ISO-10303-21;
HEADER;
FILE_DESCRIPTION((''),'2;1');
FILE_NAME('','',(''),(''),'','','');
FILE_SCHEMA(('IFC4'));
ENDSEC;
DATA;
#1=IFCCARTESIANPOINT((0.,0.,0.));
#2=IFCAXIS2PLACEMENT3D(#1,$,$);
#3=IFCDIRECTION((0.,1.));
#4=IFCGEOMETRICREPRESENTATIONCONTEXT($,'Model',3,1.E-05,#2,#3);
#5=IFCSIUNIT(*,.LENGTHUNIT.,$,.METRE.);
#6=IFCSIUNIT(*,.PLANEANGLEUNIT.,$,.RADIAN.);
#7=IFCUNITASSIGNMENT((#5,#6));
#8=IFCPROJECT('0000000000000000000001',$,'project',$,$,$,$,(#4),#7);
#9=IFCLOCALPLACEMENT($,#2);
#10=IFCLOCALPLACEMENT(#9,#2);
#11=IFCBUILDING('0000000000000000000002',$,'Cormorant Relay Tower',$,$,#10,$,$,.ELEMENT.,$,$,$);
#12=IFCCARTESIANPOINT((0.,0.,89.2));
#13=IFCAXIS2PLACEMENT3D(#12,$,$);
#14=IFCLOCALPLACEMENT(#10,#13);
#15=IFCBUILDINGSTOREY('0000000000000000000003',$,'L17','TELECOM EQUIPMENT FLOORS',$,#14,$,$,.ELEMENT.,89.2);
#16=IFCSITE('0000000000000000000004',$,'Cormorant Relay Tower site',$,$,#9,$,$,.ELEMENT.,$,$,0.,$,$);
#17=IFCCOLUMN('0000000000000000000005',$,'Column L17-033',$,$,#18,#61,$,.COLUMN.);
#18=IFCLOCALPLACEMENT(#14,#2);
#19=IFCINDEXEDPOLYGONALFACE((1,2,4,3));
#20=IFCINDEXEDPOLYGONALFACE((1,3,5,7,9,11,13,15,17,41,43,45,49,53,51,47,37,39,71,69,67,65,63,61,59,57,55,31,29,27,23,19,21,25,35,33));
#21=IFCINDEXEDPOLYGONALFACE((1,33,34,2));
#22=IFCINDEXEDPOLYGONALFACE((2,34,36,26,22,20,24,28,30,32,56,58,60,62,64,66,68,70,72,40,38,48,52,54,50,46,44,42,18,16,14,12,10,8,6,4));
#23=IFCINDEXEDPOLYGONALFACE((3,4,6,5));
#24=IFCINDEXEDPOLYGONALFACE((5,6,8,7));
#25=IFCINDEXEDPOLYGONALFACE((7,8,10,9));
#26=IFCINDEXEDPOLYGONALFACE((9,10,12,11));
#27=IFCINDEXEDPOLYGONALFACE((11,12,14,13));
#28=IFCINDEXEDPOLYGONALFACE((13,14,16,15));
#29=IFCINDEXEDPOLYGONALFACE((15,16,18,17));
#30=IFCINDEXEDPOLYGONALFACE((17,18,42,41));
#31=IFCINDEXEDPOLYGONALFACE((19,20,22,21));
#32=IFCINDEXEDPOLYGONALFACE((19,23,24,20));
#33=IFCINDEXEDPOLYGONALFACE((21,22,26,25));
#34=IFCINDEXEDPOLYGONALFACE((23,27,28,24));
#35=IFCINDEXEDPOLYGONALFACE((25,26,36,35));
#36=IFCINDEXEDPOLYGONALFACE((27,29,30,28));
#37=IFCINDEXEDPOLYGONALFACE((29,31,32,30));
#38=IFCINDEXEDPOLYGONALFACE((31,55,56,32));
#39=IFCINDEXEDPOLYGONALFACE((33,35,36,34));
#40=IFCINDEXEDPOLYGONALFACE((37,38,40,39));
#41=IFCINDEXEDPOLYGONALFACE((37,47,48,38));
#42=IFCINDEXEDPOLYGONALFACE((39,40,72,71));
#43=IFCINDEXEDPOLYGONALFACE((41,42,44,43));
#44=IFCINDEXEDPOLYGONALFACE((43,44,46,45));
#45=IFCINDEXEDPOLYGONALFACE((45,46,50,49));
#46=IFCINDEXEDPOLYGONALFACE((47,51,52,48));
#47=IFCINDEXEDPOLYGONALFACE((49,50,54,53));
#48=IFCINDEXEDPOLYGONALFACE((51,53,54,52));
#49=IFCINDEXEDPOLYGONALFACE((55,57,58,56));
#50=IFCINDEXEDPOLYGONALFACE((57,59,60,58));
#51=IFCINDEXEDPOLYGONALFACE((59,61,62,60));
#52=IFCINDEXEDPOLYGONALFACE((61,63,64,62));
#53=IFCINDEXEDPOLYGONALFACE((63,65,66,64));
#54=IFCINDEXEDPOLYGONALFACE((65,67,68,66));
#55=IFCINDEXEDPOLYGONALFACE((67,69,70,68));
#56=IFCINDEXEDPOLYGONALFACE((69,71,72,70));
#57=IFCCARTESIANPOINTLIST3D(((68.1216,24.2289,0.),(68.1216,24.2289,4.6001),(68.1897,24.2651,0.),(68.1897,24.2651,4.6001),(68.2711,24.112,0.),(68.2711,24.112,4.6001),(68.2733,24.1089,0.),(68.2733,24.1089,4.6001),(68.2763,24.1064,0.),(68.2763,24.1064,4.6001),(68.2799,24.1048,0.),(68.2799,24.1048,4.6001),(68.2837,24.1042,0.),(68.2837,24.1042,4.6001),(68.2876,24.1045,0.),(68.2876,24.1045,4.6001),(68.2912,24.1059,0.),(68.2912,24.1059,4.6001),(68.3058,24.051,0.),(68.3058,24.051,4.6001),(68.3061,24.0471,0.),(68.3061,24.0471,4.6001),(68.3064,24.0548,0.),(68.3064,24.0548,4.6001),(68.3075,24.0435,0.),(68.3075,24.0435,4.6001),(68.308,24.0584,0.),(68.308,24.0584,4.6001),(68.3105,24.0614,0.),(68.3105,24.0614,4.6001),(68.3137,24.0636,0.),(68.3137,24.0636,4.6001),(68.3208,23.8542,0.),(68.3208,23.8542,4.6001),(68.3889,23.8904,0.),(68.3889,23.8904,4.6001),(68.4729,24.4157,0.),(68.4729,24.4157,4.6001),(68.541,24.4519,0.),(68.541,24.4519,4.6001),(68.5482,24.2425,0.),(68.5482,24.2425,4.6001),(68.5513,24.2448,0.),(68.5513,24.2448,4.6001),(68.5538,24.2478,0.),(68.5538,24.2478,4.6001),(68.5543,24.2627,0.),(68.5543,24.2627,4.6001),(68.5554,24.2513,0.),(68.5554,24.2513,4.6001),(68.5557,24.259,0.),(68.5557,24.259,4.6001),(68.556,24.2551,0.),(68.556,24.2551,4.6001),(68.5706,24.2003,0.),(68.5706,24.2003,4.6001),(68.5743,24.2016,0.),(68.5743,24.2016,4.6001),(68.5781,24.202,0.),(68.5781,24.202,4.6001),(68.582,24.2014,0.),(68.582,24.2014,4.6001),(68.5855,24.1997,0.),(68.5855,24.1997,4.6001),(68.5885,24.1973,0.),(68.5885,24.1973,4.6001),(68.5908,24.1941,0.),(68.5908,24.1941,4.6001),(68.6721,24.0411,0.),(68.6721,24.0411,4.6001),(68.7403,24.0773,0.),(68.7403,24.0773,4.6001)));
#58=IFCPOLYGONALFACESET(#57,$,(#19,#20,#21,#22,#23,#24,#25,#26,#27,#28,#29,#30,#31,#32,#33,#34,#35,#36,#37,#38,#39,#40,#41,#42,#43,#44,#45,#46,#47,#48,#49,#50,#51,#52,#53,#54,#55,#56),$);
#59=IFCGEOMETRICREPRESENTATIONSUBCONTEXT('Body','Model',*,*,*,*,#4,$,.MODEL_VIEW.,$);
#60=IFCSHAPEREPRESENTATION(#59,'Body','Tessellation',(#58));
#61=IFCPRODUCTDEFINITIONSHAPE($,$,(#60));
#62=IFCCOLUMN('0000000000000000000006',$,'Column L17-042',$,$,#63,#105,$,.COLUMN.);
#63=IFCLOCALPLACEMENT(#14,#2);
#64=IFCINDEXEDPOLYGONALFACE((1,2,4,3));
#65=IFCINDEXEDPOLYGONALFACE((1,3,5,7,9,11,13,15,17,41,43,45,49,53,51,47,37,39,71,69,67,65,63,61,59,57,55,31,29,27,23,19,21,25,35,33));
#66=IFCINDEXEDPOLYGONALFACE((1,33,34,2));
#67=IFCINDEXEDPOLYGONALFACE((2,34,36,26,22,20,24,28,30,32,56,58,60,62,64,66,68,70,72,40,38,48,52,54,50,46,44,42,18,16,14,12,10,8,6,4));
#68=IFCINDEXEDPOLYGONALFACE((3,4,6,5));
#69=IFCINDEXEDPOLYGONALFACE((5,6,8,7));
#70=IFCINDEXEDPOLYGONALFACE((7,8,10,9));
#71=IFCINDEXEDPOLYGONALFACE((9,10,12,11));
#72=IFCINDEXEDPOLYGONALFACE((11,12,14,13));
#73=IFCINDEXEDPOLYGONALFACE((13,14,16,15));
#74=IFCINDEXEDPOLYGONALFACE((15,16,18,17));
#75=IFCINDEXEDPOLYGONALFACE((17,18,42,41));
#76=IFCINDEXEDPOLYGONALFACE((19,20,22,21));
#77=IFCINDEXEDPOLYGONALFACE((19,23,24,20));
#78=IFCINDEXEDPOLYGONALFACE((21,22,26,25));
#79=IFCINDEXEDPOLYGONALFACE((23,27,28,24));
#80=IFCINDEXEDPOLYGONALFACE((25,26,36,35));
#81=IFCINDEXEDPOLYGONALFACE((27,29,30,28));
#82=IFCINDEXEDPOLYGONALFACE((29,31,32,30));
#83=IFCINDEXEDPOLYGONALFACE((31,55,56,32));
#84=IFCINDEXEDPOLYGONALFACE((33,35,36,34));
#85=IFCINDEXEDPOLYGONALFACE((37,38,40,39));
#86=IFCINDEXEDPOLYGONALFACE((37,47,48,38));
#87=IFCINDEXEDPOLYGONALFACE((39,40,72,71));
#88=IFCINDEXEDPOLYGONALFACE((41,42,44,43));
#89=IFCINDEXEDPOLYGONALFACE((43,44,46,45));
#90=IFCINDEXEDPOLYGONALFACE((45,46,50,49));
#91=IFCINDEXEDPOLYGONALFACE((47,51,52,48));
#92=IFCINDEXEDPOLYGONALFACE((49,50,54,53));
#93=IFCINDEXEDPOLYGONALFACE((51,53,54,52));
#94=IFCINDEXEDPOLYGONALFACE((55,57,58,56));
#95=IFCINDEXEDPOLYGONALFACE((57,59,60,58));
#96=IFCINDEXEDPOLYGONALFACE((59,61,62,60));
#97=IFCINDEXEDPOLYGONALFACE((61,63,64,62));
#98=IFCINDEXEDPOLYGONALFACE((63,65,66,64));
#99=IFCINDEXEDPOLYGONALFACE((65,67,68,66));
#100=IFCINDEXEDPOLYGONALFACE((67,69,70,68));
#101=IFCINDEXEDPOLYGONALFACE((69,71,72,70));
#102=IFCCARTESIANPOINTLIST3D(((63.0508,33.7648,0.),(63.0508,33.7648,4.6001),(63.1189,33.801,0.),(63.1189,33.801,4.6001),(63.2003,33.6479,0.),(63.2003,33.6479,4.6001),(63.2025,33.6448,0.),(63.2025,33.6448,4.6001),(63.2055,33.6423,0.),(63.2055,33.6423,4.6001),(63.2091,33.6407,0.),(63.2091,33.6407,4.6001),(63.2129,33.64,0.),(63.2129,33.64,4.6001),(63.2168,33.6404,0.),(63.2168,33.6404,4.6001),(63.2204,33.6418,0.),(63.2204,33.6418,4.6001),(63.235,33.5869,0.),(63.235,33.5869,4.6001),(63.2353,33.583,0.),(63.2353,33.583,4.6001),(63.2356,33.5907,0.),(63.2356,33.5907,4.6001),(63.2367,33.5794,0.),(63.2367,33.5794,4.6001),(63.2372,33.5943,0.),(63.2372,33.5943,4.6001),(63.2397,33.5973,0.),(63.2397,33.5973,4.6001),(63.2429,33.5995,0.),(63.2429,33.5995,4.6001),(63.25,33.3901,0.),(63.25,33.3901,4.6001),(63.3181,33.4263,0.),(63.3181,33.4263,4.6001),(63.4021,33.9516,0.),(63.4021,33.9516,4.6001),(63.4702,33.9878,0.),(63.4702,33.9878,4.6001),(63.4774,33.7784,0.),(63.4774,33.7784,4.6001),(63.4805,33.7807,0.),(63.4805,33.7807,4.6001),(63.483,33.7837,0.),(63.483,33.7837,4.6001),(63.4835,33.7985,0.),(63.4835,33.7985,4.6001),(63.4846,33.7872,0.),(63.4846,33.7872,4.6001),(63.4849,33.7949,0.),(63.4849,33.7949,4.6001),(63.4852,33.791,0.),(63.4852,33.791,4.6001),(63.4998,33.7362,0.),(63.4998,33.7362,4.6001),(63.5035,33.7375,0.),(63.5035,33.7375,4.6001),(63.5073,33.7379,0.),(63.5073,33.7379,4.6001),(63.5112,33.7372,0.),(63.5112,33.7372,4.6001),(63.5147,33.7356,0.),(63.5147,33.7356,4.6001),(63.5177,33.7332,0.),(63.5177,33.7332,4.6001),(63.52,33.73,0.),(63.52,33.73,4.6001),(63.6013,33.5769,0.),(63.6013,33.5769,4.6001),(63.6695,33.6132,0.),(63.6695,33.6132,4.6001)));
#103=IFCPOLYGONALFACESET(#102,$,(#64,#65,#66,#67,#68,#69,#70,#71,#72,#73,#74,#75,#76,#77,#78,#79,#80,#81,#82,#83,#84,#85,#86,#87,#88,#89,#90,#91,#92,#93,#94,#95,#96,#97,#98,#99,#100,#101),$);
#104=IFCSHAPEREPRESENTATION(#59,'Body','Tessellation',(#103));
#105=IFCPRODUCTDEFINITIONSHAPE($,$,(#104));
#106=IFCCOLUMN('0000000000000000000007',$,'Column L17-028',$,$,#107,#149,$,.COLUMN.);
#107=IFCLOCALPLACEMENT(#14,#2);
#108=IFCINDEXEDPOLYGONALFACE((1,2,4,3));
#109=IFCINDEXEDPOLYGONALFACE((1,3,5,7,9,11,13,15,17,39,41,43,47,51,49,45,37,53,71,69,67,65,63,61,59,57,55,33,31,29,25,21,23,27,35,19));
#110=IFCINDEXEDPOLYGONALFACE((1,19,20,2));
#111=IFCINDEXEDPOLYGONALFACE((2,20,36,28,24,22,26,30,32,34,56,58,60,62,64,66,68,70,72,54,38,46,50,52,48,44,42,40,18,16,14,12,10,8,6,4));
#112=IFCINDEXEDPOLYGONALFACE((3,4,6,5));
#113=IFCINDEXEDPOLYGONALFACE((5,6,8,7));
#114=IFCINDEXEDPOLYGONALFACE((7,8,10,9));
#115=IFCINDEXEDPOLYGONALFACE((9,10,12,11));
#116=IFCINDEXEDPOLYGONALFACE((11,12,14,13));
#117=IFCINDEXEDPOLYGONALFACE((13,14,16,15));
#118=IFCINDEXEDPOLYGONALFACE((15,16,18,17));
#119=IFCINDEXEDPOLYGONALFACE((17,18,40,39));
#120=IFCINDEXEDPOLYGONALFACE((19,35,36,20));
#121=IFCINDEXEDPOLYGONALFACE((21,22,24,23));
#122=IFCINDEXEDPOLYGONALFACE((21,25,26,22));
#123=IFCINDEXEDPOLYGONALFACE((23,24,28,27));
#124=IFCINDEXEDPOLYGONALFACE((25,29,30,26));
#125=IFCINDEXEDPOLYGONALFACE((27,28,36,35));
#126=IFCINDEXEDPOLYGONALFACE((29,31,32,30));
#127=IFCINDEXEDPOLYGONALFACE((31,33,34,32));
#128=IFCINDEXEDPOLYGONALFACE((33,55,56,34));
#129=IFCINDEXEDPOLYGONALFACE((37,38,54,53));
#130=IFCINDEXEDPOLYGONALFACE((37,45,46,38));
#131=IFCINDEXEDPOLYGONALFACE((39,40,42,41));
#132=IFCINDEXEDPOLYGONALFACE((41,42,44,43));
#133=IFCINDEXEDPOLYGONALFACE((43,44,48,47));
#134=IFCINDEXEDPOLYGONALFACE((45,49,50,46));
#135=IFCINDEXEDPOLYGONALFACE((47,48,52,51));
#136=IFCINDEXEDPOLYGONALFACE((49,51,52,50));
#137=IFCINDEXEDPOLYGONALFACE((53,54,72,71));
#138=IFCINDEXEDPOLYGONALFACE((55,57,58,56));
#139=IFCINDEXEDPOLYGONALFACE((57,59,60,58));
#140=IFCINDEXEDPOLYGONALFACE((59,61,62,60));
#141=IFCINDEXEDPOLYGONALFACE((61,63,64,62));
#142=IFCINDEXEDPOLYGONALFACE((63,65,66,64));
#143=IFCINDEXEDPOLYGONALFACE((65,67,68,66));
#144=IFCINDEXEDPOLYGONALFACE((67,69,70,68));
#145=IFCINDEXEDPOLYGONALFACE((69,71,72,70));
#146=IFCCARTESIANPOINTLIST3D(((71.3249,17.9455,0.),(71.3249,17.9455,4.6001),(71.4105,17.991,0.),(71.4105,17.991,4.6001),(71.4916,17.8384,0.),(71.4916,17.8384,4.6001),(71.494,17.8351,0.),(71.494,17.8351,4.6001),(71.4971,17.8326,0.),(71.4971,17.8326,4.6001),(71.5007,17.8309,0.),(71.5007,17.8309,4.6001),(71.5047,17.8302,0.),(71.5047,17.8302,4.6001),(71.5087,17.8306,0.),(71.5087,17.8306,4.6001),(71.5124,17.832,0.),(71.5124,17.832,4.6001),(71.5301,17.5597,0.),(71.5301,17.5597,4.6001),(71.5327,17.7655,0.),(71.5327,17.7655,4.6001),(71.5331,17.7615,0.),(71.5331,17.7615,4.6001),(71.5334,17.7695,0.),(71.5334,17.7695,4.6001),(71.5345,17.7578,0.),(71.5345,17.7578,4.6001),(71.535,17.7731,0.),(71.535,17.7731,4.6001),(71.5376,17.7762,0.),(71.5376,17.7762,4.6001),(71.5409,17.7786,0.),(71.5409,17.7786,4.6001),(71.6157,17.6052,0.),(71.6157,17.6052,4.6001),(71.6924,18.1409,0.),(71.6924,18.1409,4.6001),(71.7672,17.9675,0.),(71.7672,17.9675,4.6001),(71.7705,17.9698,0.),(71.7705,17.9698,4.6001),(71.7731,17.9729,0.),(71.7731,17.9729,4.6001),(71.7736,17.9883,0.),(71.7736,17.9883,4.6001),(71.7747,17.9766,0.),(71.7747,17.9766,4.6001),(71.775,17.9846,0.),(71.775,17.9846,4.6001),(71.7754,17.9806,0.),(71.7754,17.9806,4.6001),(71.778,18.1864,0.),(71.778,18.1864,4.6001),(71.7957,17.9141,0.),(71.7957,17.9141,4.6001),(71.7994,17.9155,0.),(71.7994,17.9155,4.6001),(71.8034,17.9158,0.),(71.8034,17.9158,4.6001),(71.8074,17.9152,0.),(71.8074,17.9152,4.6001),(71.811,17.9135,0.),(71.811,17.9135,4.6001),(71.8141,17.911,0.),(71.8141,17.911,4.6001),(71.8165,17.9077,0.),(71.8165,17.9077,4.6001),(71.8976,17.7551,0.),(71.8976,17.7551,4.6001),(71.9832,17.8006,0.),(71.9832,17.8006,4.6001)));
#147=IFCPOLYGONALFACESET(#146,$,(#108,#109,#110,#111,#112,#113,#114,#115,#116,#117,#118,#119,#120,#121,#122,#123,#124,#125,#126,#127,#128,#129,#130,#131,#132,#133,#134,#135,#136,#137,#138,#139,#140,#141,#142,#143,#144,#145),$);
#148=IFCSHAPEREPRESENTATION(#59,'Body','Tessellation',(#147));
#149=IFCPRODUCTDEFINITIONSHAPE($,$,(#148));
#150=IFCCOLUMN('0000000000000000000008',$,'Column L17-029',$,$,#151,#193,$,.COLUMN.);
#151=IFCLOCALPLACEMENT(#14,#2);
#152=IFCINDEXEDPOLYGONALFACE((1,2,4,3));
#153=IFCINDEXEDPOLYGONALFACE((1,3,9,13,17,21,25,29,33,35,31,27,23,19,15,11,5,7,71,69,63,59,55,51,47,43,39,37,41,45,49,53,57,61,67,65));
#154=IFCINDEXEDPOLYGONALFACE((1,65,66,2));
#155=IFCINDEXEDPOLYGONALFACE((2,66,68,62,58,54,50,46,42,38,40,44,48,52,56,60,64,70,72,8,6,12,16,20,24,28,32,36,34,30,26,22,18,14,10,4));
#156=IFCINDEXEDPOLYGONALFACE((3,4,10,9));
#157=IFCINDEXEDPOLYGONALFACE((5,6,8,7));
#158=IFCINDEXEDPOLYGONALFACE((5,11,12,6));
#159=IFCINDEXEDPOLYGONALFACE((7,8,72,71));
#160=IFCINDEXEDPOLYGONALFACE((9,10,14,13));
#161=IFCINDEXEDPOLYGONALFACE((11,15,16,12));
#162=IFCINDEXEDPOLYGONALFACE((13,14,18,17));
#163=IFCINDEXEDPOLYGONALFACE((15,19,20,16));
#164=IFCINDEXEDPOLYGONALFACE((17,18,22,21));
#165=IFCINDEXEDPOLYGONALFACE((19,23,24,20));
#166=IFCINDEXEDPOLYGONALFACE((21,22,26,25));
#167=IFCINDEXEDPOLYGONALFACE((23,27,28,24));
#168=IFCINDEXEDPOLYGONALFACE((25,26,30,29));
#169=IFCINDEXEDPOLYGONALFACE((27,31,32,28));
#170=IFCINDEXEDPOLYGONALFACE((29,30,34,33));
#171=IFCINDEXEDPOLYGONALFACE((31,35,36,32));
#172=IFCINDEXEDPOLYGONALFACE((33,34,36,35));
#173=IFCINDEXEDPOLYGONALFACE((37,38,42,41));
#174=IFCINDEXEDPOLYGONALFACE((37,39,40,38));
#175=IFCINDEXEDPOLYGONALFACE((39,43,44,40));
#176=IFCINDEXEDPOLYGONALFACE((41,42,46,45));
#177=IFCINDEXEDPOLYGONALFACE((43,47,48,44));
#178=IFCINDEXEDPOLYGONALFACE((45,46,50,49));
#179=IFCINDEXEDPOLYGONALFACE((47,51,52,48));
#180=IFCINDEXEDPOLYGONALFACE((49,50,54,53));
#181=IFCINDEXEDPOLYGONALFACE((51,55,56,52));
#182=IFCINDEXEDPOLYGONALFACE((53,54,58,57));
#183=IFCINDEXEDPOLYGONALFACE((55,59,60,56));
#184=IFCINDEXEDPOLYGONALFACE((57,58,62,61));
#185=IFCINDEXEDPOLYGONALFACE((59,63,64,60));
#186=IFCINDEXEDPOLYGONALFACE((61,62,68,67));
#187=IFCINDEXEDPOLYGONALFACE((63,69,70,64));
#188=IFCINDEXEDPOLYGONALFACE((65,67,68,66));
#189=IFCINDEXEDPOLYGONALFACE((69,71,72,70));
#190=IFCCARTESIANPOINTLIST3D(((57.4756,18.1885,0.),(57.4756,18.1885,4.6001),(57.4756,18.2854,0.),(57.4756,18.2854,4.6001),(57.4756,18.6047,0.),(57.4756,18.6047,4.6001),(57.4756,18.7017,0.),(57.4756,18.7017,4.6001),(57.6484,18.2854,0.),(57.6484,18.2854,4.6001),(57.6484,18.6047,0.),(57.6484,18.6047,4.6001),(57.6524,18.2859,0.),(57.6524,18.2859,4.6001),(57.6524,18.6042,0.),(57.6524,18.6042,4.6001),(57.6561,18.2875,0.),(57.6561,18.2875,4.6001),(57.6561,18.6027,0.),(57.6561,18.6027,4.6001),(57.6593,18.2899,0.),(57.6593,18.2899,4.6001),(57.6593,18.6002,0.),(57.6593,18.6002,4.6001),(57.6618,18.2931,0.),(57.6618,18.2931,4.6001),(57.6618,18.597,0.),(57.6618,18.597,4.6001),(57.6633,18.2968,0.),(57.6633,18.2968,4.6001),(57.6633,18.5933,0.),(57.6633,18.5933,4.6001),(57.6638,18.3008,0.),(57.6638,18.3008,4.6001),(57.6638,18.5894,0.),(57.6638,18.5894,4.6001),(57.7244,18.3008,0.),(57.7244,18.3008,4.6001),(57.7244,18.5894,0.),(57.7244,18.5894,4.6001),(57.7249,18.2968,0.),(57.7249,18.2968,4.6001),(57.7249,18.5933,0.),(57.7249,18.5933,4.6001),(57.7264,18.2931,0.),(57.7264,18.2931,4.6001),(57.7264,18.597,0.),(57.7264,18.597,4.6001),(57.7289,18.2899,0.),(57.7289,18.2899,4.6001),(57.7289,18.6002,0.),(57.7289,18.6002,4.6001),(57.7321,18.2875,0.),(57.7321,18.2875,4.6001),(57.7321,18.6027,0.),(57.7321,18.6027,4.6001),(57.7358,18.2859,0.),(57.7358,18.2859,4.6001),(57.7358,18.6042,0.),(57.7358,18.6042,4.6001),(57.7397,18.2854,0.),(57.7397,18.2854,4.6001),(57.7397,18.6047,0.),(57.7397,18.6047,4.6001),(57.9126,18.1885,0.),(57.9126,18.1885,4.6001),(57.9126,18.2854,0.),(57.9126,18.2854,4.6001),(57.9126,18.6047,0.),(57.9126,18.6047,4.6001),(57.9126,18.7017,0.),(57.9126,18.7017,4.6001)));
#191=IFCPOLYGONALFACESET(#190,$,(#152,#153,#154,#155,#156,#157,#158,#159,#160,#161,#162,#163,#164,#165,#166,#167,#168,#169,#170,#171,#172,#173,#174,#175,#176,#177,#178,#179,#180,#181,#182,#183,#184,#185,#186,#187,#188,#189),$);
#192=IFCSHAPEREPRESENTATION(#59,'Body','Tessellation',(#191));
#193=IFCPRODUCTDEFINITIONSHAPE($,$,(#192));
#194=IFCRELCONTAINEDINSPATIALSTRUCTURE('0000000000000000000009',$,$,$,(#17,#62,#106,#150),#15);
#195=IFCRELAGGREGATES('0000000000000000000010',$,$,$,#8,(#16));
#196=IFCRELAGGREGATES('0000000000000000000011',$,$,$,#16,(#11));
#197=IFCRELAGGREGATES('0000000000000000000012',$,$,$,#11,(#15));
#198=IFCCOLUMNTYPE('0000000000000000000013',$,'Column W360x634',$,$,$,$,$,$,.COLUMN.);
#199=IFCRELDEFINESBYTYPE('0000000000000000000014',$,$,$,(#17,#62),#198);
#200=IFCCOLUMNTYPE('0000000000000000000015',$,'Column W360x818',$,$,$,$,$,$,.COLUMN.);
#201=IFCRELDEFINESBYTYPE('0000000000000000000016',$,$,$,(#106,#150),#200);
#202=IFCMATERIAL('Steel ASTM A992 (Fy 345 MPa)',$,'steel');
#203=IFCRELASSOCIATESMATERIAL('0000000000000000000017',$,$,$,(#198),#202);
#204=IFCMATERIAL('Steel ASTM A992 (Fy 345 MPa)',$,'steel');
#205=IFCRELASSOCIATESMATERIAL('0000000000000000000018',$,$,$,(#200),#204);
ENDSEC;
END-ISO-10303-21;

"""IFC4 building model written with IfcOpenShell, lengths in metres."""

from ifc_helpers import new_model, si_unit, direction, frame, origin, origin_2d, place, context, subcontext, project, spatial, i_section, extrude, material, material_profile, profile_set, type_object, element, save


model = new_model("IFC4")

# Units and contexts
model_context = context("Model", 3, precision=1e-05, world=origin(), true_north=direction((0.0, 1.0)))
body_context = subcontext(model_context, "Body", "Model", "MODEL_VIEW")
ifc_project = project(units=[si_unit("LENGTHUNIT", "METRE"), si_unit("PLANEANGLEUNIT", "RADIAN")], contexts=[model_context])

# Site, building, storey
site_placement = place(None, origin())
site = spatial("IfcSite", under=ifc_project, at=site_placement, Name="Cormorant Relay Tower site", CompositionType="ELEMENT", RefElevation=0.0)
building_placement = place(site_placement, origin())
building = spatial("IfcBuilding", under=site, at=building_placement, Name="Cormorant Relay Tower", CompositionType="ELEMENT")
storey_placement = place(building_placement, frame((0.0, 0.0, 89.2)))
storey = spatial("IfcBuildingStorey", under=building, at=storey_placement, Name="L17", Description="TELECOM EQUIPMENT FLOORS", CompositionType="ELEMENT", Elevation=89.2)

# Columns
ifc_material_1 = material(Name="Steel ASTM A992 (Fy 345 MPa)", Category="steel")
ifc_material_profile_1 = material_profile(ifc_material_1, i_section(OverallWidth=0.4243, OverallDepth=0.4751, WebThickness=0.0479, FlangeThickness=0.0771, FilletRadius=0.0149, at=origin_2d()), Name="W360x634")
ifc_profile_set_1 = profile_set([ifc_material_profile_1], Name="Steel ASTM A992 (Fy 345 MPa)")
column_type_1 = type_object("IfcColumnType", Name="Column W360x634", PredefinedType="COLUMN", material=ifc_profile_set_1)
for number, where, z_axis, x_axis, name in (
    (1, (68.4309, 24.1531, 0.0), (0.0, 0.0, 1.0), (-0.469472, 0.882948, 0.0), "Column L17-033"),
    (2, (63.3601, 33.689, 0.0), (0.0, 0.0, 1.0), (-0.469472, 0.882948, 0.0), "Column L17-042"),
):
    element("IfcColumn", number, at=place(storey_placement, frame(where, z_axis=z_axis, x_axis=x_axis)), inside=storey, type_object=column_type_1, Name=name, PredefinedType="COLUMN", context=body_context, shape_type="SweptSolid", body=[
        extrude(i_section(OverallWidth=0.4243, OverallDepth=0.4751, WebThickness=0.0479, FlangeThickness=0.0771, FilletRadius=0.0149, at=origin_2d()), origin(), (0.0, 0.0, 1.0), 4.6001),
    ])
ifc_material_2 = material(Name="Steel ASTM A992 (Fy 345 MPa)", Category="steel")
ifc_material_profile_2 = material_profile(ifc_material_2, i_section(OverallWidth=0.437, OverallDepth=0.5132, WebThickness=0.0605, FlangeThickness=0.0969, FilletRadius=0.0154, at=origin_2d()), Name="W360x818")
ifc_profile_set_2 = profile_set([ifc_material_profile_2], Name="Steel ASTM A992 (Fy 345 MPa)")
column_type_2 = type_object("IfcColumnType", Name="Column W360x818", PredefinedType="COLUMN", material=ifc_profile_set_2)
for number, where, z_axis, x_axis, name in (
    (3, (71.6541, 17.873, 0.0), (0.0, 0.0, 1.0), (-0.469472, 0.882948, 0.0), "Column L17-028"),
    (4, (57.6941, 18.4451, 0.0), (0.0, 0.0, 1.0), (1.0, 0.0, 0.0), "Column L17-029"),
):
    element("IfcColumn", number, at=place(storey_placement, frame(where, z_axis=z_axis, x_axis=x_axis)), inside=storey, type_object=column_type_2, Name=name, PredefinedType="COLUMN", context=body_context, shape_type="SweptSolid", body=[
        extrude(i_section(OverallWidth=0.437, OverallDepth=0.5132, WebThickness=0.0605, FlangeThickness=0.0969, FilletRadius=0.0154, at=origin_2d()), origin(), (0.0, 0.0, 1.0), 4.6001),
    ])

save(model, "model.ifc")
